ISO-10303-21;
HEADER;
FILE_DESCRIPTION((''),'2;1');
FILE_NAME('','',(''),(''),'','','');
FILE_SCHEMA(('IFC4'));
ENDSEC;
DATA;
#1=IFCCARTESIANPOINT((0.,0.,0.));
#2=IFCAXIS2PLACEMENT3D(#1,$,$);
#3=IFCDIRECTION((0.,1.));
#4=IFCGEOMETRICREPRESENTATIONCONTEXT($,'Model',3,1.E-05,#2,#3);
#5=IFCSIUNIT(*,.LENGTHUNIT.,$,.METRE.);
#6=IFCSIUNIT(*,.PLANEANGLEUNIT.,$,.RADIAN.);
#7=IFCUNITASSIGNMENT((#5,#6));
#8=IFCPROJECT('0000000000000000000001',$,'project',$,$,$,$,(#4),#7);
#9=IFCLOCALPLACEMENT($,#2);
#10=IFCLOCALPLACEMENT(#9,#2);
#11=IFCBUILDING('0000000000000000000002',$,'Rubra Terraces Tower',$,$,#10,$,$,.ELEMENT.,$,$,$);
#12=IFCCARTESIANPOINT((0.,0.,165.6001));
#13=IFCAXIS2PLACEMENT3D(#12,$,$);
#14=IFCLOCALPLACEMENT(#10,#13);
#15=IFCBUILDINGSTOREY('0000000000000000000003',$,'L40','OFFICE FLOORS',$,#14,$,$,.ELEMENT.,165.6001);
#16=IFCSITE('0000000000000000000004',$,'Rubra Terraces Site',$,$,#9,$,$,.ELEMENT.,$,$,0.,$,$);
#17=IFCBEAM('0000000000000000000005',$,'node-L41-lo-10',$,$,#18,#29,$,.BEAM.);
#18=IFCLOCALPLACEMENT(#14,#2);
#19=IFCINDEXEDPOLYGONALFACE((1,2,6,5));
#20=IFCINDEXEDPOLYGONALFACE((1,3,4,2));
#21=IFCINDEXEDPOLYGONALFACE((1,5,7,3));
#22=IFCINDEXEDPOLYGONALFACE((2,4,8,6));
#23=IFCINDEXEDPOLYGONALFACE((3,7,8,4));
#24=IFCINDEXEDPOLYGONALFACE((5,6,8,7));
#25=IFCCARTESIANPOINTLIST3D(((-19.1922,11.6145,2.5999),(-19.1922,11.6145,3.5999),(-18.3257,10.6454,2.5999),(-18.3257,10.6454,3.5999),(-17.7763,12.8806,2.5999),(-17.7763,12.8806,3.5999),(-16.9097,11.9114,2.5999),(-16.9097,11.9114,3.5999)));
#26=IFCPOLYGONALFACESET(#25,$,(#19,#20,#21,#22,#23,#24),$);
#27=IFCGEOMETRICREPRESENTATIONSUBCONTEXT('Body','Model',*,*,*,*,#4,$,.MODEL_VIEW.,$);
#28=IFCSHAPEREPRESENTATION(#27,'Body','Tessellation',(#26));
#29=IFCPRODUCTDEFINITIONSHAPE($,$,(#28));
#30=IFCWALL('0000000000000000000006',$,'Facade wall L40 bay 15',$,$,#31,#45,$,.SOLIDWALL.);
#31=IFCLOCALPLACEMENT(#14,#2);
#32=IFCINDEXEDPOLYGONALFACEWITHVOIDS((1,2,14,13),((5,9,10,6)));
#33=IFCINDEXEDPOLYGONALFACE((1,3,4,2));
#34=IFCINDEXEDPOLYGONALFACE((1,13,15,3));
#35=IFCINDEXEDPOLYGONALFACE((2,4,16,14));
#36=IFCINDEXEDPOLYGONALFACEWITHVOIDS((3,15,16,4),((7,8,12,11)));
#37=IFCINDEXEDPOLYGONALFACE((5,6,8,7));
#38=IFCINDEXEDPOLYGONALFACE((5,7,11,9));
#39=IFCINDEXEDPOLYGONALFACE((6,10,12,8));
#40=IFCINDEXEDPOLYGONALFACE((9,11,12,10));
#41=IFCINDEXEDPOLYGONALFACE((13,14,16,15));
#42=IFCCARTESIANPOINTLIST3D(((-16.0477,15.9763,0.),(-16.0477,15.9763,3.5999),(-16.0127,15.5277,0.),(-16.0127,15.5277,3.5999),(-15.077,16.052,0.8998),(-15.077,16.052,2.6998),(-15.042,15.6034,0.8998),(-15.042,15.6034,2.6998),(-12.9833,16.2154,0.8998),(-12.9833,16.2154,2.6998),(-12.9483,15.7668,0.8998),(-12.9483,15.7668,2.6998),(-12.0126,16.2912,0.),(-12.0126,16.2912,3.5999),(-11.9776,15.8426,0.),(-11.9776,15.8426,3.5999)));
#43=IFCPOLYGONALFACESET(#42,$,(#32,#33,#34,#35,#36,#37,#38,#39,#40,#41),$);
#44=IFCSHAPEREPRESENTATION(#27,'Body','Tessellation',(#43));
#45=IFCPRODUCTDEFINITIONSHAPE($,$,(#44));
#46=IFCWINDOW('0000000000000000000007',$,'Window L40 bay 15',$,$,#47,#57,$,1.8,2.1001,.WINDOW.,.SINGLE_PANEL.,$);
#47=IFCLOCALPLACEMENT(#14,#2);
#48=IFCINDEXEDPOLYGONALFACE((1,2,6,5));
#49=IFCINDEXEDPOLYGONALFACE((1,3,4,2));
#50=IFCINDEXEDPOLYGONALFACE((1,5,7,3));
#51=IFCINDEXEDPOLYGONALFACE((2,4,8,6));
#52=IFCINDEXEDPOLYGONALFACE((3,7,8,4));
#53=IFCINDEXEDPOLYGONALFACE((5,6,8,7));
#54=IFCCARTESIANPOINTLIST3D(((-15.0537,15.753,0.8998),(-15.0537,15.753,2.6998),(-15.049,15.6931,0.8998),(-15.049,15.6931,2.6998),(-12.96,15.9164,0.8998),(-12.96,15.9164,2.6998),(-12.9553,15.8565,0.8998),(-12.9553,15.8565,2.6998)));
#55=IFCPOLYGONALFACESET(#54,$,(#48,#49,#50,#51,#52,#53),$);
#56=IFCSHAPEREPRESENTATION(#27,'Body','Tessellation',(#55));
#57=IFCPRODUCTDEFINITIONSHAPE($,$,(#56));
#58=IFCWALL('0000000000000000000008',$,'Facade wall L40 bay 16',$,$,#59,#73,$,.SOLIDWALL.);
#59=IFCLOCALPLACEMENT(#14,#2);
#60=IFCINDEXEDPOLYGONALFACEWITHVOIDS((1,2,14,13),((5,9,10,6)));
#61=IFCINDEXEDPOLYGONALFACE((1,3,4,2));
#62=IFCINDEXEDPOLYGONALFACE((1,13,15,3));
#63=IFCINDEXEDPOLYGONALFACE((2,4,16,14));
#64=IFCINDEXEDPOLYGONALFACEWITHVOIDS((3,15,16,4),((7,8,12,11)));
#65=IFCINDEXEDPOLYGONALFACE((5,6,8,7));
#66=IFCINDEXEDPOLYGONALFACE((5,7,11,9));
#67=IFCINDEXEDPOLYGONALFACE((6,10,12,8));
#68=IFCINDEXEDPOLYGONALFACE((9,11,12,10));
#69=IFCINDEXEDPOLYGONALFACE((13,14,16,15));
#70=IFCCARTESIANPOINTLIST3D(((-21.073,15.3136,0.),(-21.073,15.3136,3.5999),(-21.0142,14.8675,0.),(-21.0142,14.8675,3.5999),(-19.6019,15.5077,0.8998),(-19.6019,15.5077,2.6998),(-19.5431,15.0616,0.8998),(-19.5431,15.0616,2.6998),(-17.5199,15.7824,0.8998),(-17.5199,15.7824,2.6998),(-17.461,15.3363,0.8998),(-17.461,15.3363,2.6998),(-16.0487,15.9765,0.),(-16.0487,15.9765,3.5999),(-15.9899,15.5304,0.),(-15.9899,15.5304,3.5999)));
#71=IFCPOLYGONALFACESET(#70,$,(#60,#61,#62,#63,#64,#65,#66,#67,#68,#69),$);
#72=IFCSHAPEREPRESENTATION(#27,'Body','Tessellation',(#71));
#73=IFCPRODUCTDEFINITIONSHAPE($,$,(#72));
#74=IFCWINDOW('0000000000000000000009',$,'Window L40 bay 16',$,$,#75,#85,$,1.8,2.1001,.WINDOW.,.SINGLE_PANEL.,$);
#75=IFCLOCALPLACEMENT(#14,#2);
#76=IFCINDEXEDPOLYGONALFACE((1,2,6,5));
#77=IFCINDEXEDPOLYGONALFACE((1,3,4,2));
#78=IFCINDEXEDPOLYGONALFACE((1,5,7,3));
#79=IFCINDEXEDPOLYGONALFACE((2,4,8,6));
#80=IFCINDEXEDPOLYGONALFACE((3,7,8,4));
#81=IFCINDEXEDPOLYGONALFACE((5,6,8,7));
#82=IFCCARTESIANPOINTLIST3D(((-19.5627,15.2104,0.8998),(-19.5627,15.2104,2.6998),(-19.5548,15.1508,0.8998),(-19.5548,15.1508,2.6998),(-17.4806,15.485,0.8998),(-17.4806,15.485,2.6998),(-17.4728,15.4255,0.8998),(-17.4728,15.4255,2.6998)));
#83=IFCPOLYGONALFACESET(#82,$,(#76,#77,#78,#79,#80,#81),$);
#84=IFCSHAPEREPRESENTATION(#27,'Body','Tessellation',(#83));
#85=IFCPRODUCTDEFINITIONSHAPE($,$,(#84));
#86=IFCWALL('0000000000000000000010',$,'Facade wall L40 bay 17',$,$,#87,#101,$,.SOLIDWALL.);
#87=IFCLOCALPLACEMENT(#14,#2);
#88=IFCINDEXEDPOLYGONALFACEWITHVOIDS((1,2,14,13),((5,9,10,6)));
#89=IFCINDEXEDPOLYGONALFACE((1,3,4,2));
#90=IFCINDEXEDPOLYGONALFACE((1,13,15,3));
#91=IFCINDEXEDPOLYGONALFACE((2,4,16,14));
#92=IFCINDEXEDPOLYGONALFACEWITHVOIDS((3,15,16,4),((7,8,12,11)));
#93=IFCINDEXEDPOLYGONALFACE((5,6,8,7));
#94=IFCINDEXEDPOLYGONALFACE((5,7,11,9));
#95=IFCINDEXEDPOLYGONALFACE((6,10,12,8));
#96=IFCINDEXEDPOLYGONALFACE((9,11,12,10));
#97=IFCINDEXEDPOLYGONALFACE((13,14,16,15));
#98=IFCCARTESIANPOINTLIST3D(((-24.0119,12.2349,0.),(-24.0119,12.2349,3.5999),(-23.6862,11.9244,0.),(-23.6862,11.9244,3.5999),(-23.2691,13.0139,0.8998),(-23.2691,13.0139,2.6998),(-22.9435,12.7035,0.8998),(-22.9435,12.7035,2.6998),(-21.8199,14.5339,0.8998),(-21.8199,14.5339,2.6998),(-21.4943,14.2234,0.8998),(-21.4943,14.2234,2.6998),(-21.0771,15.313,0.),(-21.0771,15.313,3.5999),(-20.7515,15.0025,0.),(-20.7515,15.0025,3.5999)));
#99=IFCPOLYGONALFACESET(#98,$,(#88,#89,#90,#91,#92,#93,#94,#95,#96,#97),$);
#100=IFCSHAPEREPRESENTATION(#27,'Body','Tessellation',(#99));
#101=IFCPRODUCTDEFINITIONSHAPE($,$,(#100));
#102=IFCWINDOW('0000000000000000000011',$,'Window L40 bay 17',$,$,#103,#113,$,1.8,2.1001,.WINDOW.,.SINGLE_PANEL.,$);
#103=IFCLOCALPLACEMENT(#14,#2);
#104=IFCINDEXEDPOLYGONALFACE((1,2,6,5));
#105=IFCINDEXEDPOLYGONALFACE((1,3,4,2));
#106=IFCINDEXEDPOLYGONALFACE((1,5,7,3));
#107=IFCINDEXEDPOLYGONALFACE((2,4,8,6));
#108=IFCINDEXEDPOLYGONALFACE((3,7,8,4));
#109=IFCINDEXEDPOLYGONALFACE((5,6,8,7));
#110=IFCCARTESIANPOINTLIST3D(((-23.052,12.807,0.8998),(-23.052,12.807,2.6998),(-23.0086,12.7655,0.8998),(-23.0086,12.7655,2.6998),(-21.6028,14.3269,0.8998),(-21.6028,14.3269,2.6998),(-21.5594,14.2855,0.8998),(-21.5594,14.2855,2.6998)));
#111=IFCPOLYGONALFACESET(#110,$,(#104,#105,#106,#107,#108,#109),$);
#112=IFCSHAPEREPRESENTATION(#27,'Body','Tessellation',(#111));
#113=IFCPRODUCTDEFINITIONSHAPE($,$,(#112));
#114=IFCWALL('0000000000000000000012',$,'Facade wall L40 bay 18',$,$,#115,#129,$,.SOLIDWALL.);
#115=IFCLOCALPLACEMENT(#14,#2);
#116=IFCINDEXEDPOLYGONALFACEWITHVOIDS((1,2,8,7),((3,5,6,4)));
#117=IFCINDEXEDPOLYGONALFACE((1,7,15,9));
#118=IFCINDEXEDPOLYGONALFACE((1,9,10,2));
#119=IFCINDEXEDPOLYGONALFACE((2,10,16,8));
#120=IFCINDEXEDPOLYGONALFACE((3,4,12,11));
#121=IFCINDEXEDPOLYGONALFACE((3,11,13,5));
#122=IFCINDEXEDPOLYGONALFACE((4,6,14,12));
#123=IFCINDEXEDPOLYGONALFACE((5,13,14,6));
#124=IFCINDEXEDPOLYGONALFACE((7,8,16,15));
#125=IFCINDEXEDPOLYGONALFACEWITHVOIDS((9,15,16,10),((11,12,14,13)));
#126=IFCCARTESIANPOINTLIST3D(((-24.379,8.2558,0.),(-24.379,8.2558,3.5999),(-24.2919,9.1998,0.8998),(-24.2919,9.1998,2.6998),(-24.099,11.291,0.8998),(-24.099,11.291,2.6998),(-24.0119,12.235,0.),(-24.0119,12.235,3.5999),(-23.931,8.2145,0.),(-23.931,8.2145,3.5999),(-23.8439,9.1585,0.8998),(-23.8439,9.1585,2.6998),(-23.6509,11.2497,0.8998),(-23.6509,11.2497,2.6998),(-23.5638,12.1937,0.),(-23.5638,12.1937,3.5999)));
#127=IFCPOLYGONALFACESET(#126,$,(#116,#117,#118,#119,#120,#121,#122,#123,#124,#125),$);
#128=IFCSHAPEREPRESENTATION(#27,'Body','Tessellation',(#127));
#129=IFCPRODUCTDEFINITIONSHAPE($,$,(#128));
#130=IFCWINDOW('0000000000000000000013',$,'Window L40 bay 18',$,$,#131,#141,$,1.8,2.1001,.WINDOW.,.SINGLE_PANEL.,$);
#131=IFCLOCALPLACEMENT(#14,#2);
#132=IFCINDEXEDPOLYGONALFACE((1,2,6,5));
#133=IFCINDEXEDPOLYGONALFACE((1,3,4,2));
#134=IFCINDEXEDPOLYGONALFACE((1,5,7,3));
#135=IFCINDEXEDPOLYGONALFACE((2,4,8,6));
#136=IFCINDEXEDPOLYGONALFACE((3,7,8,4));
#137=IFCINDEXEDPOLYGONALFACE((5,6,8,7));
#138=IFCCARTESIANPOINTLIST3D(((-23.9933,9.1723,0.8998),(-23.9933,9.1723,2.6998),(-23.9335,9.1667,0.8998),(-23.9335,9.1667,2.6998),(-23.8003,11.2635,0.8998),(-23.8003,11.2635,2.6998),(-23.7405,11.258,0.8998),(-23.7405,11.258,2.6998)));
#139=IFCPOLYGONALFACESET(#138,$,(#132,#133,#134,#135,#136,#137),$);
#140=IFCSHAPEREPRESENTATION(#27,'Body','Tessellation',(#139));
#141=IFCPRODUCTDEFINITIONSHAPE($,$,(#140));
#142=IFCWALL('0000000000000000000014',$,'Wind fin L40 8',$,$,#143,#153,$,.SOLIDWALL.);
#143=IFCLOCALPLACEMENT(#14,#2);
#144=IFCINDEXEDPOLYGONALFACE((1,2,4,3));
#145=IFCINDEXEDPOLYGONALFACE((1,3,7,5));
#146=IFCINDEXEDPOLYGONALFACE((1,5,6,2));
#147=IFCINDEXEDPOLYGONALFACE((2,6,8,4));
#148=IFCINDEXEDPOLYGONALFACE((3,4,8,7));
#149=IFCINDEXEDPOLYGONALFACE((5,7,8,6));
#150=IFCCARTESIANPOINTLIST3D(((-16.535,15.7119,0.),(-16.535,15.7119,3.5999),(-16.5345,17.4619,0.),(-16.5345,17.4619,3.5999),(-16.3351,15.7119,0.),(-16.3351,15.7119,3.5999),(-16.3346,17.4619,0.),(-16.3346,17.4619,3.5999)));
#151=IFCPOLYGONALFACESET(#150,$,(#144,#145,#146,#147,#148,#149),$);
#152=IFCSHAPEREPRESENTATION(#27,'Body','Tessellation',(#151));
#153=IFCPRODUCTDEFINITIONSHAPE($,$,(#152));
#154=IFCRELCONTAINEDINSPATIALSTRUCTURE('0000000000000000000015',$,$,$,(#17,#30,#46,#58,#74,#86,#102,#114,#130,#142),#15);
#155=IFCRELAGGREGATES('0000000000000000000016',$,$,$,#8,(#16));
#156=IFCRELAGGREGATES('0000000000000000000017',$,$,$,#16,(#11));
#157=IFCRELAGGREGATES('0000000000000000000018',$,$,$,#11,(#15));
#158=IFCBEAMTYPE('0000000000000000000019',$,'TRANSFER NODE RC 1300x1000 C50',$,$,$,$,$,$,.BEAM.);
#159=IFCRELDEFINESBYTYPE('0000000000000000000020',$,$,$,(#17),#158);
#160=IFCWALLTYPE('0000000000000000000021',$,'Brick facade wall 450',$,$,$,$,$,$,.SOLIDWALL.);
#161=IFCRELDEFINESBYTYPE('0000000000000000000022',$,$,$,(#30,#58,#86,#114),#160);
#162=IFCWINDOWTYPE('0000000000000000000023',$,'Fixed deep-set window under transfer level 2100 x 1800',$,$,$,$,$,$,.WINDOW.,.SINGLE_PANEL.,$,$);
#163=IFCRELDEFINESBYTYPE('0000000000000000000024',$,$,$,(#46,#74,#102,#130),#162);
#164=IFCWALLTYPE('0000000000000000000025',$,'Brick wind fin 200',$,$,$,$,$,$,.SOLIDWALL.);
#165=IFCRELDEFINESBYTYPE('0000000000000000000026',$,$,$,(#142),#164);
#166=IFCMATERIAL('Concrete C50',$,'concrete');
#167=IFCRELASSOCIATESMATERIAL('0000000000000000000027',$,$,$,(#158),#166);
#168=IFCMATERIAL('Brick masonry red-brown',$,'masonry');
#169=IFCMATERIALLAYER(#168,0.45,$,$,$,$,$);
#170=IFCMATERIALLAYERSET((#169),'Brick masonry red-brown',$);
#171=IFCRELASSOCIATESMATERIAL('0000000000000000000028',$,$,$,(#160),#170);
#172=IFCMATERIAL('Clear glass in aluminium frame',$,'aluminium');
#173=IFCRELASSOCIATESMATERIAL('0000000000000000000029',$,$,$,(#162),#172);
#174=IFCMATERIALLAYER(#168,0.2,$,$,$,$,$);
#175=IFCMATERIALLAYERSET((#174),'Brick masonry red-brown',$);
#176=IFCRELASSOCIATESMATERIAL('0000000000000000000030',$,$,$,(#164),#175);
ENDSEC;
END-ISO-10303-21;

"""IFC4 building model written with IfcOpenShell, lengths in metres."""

from ifc_helpers import new_model, si_unit, direction, frame, frame_2d, origin, origin_2d, place, context, subcontext, project, spatial, rectangle, extrude, material, layer, layer_set, material_profile, profile_set, type_object, element, fill, save


model = new_model("IFC4")

# Units and contexts
model_context = context("Model", 3, precision=1e-05, world=origin(), true_north=direction((0.0, 1.0)))
body_context = subcontext(model_context, "Body", "Model", "MODEL_VIEW")
ifc_project = project(units=[si_unit("LENGTHUNIT", "METRE"), si_unit("PLANEANGLEUNIT", "RADIAN")], contexts=[model_context])

# Site, building, storey
site_placement = place(None, origin())
site = spatial("IfcSite", under=ifc_project, at=site_placement, Name="Rubra Terraces Site", CompositionType="ELEMENT", RefElevation=0.0)
building_placement = place(site_placement, origin())
building = spatial("IfcBuilding", under=site, at=building_placement, Name="Rubra Terraces Tower", CompositionType="ELEMENT")
storey_placement = place(building_placement, frame((0.0, 0.0, 165.6001)))
storey = spatial("IfcBuildingStorey", under=building, at=storey_placement, Name="L40", Description="OFFICE FLOORS", CompositionType="ELEMENT", Elevation=165.6001)

# Shared definitions
ifc_material_1 = material(Name="Concrete C50", Category="concrete")

# Beam
ifc_material_profile_1 = material_profile(ifc_material_1, rectangle(XDim=1.3, YDim=1.0, at=origin_2d()), Name="RC 1300x1000")
ifc_profile_set_1 = profile_set([ifc_material_profile_1], Name="Concrete C50")
beam_type_1 = type_object("IfcBeamType", Name="TRANSFER NODE RC 1300x1000 C50", PredefinedType="BEAM", material=ifc_profile_set_1)
beam_1_placement = place(storey_placement, frame((-17.343, 12.396, 3.0999), z_axis=(-0.745463, -0.666547, 0.0), x_axis=(0.666547, -0.745463, 0.0)))
element("IfcBeam", 1, at=beam_1_placement, inside=storey, type_object=beam_type_1, Name="node-L41-lo-10", PredefinedType="BEAM", context=body_context, shape_type="SweptSolid", body=[
    extrude(rectangle(XDim=1.3, YDim=1.0, at=origin_2d()), origin(), (0.0, 0.0, 1.0), 1.8994),
])

# Walls, openings, windows
ifc_material_2 = material(Name="Brick masonry red-brown", Category="masonry")
ifc_layer_1 = layer(ifc_material_2, 0.45)
ifc_layer_set_1 = layer_set([ifc_layer_1], Name="Brick masonry red-brown")
wall_type_1 = type_object("IfcWallType", Name="Brick facade wall 450", PredefinedType="SOLIDWALL", material=ifc_layer_set_1)
wall_1_placement = place(storey_placement, frame((-11.9951, 16.0669, 0.0), z_axis=(0.0, 0.0, 1.0), x_axis=(-0.996968, -0.077813, 0.0)))
wall_1 = element("IfcWall", 2, at=wall_1_placement, inside=storey, type_object=wall_type_1, Name="Facade wall L40 bay 15", PredefinedType="SOLIDWALL", context=body_context, shape_type="SweptSolid", body=[
    extrude(rectangle(XDim=4.0474, YDim=0.45, at=frame_2d((2.0237, 0.0))), origin(), (0.0, 0.0, 1.0), 3.5999),
])
opening_1_placement = place(wall_1_placement, frame((0.9736, 0.0, 0.8999)))
opening_1 = element("IfcOpeningElement", 3, at=opening_1_placement, cuts=wall_1, PredefinedType="OPENING", context=body_context, shape_type="SweptSolid", body=[
    extrude(rectangle(XDim=2.1001, YDim=1.8, at=frame_2d((1.05, 0.8999))), frame((0.0, 0.2349, 0.0), z_axis=(0.0, -1.0, 0.0), x_axis=(1.0, 0.0, 0.0)), (0.0, 0.0, 1.0), 0.47),
])
ifc_material_3 = material(Name="Clear glass in aluminium frame", Category="aluminium")
window_type = type_object("IfcWindowType", Name="Fixed deep-set window under transfer level 2100 x 1800", PartitioningType="SINGLE_PANEL", PredefinedType="WINDOW", material=ifc_material_3)
window_1_placement = place(opening_1_placement, origin())
window_1 = element("IfcWindow", 4, at=window_1_placement, inside=storey, type_object=window_type, Name="Window L40 bay 15", OverallHeight=1.8, OverallWidth=2.1001, PartitioningType="SINGLE_PANEL", PredefinedType="WINDOW", context=body_context, shape_type="SweptSolid", body=[
    extrude(rectangle(XDim=2.1001, YDim=1.8, at=frame_2d((1.05, 0.8999))), frame((0.0, 0.135, 0.0), z_axis=(0.0, -1.0, 0.0), x_axis=(1.0, 0.0, 0.0)), (0.0, 0.0, 1.0), 0.0601),
])
fill(opening_1, window_1)
wall_2_placement = place(storey_placement, frame((-16.0193, 15.7534, 0.0), z_axis=(0.0, 0.0, 1.0), x_axis=(-0.99141, -0.130791, 0.0)))
wall_2 = element("IfcWall", 5, at=wall_2_placement, inside=storey, type_object=wall_type_1, Name="Facade wall L40 bay 16", PredefinedType="SOLIDWALL", context=body_context, shape_type="SweptSolid", body=[
    extrude(rectangle(XDim=5.0679, YDim=0.45, at=frame_2d((2.5339, 0.0))), origin(), (0.0, 0.0, 1.0), 3.5999),
])
opening_2_placement = place(wall_2_placement, frame((1.4839, 0.0, 0.8999)))
opening_2 = element("IfcOpeningElement", 6, at=opening_2_placement, cuts=wall_2, PredefinedType="OPENING", context=body_context, shape_type="SweptSolid", body=[
    extrude(rectangle(XDim=2.1001, YDim=1.8, at=frame_2d((1.05, 0.8999))), frame((0.0, 0.2349, 0.0), z_axis=(0.0, -1.0, 0.0), x_axis=(1.0, 0.0, 0.0)), (0.0, 0.0, 1.0), 0.47),
])
window_2_placement = place(opening_2_placement, origin())
window_2 = element("IfcWindow", 7, at=window_2_placement, inside=storey, type_object=window_type, Name="Window L40 bay 16", OverallHeight=1.8, OverallWidth=2.1001, PartitioningType="SINGLE_PANEL", PredefinedType="WINDOW", context=body_context, shape_type="SweptSolid", body=[
    extrude(rectangle(XDim=2.1001, YDim=1.8, at=frame_2d((1.05, 0.8999))), frame((0.0, 0.135, 0.0), z_axis=(0.0, -1.0, 0.0), x_axis=(1.0, 0.0, 0.0)), (0.0, 0.0, 1.0), 0.0601),
])
fill(opening_2, window_2)
wall_3_placement = place(storey_placement, frame((-20.9143, 15.1577, 0.0), z_axis=(0.0, 0.0, 1.0), x_axis=(-0.690058, -0.723754, 0.0)))
wall_3 = element("IfcWall", 8, at=wall_3_placement, inside=storey, type_object=wall_type_1, Name="Facade wall L40 bay 17", PredefinedType="SOLIDWALL", context=body_context, shape_type="SweptSolid", body=[
    extrude(rectangle(XDim=4.2529, YDim=0.45, at=frame_2d((2.1265, 0.0))), origin(), (0.0, 0.0, 1.0), 3.5999),
])
opening_3_placement = place(wall_3_placement, frame((1.0764, 0.0, 0.8999)))
opening_3 = element("IfcOpeningElement", 9, at=opening_3_placement, cuts=wall_3, PredefinedType="OPENING", context=body_context, shape_type="SweptSolid", body=[
    extrude(rectangle(XDim=2.1001, YDim=1.8, at=frame_2d((1.05, 0.8999))), frame((0.0, 0.2349, 0.0), z_axis=(0.0, -1.0, 0.0), x_axis=(1.0, 0.0, 0.0)), (0.0, 0.0, 1.0), 0.47),
])
window_3_placement = place(opening_3_placement, origin())
window_3 = element("IfcWindow", 10, at=window_3_placement, inside=storey, type_object=window_type, Name="Window L40 bay 17", OverallHeight=1.8, OverallWidth=2.1001, PartitioningType="SINGLE_PANEL", PredefinedType="WINDOW", context=body_context, shape_type="SweptSolid", body=[
    extrude(rectangle(XDim=2.1001, YDim=1.8, at=frame_2d((1.05, 0.8999))), frame((0.0, 0.135, 0.0), z_axis=(0.0, -1.0, 0.0), x_axis=(1.0, 0.0, 0.0)), (0.0, 0.0, 1.0), 0.0601),
])
fill(opening_3, window_3)
wall_4_placement = place(storey_placement, frame((-23.7878, 12.2144, 0.0), z_axis=(0.0, 0.0, 1.0), x_axis=(-0.091885, -0.99577, 0.0)))
wall_4 = element("IfcWall", 11, at=wall_4_placement, inside=storey, type_object=wall_type_1, Name="Facade wall L40 bay 18", PredefinedType="SOLIDWALL", context=body_context, shape_type="SweptSolid", body=[
    extrude(rectangle(XDim=3.9961, YDim=0.45, at=frame_2d((1.998, 0.0))), origin(), (0.0, 0.0, 1.0), 3.5999),
])
opening_4_placement = place(wall_4_placement, frame((0.948, 0.0, 0.8999)))
opening_4 = element("IfcOpeningElement", 12, at=opening_4_placement, cuts=wall_4, PredefinedType="OPENING", context=body_context, shape_type="SweptSolid", body=[
    extrude(rectangle(XDim=2.1001, YDim=1.8, at=frame_2d((1.05, 0.8999))), frame((0.0, 0.2349, 0.0), z_axis=(0.0, -1.0, 0.0), x_axis=(1.0, 0.0, 0.0)), (0.0, 0.0, 1.0), 0.47),
])
window_4_placement = place(opening_4_placement, origin())
window_4 = element("IfcWindow", 13, at=window_4_placement, inside=storey, type_object=window_type, Name="Window L40 bay 18", OverallHeight=1.8, OverallWidth=2.1001, PartitioningType="SINGLE_PANEL", PredefinedType="WINDOW", context=body_context, shape_type="SweptSolid", body=[
    extrude(rectangle(XDim=2.1001, YDim=1.8, at=frame_2d((1.05, 0.8999))), frame((0.0, 0.135, 0.0), z_axis=(0.0, -1.0, 0.0), x_axis=(1.0, 0.0, 0.0)), (0.0, 0.0, 1.0), 0.0601),
])
fill(opening_4, window_4)

# Wall
ifc_layer_2 = layer(ifc_material_2, 0.2)
ifc_layer_set_2 = layer_set([ifc_layer_2], Name="Brick masonry red-brown")
wall_type_2 = type_object("IfcWallType", Name="Brick wind fin 200", PredefinedType="SOLIDWALL", material=ifc_layer_set_2)
wall_5_placement = place(storey_placement, frame((-16.4351, 15.7119, 0.0), z_axis=(0.0, 0.0, 1.0), x_axis=(0.000279, 1.0, 0.0)))
element("IfcWall", 14, at=wall_5_placement, inside=storey, type_object=wall_type_2, Name="Wind fin L40 8", PredefinedType="SOLIDWALL", context=body_context, shape_type="SweptSolid", body=[
    extrude(rectangle(XDim=1.75, YDim=0.2, at=frame_2d((0.875, 0.0))), origin(), (0.0, 0.0, 1.0), 3.5999),
])

save(model, "model.ifc")
